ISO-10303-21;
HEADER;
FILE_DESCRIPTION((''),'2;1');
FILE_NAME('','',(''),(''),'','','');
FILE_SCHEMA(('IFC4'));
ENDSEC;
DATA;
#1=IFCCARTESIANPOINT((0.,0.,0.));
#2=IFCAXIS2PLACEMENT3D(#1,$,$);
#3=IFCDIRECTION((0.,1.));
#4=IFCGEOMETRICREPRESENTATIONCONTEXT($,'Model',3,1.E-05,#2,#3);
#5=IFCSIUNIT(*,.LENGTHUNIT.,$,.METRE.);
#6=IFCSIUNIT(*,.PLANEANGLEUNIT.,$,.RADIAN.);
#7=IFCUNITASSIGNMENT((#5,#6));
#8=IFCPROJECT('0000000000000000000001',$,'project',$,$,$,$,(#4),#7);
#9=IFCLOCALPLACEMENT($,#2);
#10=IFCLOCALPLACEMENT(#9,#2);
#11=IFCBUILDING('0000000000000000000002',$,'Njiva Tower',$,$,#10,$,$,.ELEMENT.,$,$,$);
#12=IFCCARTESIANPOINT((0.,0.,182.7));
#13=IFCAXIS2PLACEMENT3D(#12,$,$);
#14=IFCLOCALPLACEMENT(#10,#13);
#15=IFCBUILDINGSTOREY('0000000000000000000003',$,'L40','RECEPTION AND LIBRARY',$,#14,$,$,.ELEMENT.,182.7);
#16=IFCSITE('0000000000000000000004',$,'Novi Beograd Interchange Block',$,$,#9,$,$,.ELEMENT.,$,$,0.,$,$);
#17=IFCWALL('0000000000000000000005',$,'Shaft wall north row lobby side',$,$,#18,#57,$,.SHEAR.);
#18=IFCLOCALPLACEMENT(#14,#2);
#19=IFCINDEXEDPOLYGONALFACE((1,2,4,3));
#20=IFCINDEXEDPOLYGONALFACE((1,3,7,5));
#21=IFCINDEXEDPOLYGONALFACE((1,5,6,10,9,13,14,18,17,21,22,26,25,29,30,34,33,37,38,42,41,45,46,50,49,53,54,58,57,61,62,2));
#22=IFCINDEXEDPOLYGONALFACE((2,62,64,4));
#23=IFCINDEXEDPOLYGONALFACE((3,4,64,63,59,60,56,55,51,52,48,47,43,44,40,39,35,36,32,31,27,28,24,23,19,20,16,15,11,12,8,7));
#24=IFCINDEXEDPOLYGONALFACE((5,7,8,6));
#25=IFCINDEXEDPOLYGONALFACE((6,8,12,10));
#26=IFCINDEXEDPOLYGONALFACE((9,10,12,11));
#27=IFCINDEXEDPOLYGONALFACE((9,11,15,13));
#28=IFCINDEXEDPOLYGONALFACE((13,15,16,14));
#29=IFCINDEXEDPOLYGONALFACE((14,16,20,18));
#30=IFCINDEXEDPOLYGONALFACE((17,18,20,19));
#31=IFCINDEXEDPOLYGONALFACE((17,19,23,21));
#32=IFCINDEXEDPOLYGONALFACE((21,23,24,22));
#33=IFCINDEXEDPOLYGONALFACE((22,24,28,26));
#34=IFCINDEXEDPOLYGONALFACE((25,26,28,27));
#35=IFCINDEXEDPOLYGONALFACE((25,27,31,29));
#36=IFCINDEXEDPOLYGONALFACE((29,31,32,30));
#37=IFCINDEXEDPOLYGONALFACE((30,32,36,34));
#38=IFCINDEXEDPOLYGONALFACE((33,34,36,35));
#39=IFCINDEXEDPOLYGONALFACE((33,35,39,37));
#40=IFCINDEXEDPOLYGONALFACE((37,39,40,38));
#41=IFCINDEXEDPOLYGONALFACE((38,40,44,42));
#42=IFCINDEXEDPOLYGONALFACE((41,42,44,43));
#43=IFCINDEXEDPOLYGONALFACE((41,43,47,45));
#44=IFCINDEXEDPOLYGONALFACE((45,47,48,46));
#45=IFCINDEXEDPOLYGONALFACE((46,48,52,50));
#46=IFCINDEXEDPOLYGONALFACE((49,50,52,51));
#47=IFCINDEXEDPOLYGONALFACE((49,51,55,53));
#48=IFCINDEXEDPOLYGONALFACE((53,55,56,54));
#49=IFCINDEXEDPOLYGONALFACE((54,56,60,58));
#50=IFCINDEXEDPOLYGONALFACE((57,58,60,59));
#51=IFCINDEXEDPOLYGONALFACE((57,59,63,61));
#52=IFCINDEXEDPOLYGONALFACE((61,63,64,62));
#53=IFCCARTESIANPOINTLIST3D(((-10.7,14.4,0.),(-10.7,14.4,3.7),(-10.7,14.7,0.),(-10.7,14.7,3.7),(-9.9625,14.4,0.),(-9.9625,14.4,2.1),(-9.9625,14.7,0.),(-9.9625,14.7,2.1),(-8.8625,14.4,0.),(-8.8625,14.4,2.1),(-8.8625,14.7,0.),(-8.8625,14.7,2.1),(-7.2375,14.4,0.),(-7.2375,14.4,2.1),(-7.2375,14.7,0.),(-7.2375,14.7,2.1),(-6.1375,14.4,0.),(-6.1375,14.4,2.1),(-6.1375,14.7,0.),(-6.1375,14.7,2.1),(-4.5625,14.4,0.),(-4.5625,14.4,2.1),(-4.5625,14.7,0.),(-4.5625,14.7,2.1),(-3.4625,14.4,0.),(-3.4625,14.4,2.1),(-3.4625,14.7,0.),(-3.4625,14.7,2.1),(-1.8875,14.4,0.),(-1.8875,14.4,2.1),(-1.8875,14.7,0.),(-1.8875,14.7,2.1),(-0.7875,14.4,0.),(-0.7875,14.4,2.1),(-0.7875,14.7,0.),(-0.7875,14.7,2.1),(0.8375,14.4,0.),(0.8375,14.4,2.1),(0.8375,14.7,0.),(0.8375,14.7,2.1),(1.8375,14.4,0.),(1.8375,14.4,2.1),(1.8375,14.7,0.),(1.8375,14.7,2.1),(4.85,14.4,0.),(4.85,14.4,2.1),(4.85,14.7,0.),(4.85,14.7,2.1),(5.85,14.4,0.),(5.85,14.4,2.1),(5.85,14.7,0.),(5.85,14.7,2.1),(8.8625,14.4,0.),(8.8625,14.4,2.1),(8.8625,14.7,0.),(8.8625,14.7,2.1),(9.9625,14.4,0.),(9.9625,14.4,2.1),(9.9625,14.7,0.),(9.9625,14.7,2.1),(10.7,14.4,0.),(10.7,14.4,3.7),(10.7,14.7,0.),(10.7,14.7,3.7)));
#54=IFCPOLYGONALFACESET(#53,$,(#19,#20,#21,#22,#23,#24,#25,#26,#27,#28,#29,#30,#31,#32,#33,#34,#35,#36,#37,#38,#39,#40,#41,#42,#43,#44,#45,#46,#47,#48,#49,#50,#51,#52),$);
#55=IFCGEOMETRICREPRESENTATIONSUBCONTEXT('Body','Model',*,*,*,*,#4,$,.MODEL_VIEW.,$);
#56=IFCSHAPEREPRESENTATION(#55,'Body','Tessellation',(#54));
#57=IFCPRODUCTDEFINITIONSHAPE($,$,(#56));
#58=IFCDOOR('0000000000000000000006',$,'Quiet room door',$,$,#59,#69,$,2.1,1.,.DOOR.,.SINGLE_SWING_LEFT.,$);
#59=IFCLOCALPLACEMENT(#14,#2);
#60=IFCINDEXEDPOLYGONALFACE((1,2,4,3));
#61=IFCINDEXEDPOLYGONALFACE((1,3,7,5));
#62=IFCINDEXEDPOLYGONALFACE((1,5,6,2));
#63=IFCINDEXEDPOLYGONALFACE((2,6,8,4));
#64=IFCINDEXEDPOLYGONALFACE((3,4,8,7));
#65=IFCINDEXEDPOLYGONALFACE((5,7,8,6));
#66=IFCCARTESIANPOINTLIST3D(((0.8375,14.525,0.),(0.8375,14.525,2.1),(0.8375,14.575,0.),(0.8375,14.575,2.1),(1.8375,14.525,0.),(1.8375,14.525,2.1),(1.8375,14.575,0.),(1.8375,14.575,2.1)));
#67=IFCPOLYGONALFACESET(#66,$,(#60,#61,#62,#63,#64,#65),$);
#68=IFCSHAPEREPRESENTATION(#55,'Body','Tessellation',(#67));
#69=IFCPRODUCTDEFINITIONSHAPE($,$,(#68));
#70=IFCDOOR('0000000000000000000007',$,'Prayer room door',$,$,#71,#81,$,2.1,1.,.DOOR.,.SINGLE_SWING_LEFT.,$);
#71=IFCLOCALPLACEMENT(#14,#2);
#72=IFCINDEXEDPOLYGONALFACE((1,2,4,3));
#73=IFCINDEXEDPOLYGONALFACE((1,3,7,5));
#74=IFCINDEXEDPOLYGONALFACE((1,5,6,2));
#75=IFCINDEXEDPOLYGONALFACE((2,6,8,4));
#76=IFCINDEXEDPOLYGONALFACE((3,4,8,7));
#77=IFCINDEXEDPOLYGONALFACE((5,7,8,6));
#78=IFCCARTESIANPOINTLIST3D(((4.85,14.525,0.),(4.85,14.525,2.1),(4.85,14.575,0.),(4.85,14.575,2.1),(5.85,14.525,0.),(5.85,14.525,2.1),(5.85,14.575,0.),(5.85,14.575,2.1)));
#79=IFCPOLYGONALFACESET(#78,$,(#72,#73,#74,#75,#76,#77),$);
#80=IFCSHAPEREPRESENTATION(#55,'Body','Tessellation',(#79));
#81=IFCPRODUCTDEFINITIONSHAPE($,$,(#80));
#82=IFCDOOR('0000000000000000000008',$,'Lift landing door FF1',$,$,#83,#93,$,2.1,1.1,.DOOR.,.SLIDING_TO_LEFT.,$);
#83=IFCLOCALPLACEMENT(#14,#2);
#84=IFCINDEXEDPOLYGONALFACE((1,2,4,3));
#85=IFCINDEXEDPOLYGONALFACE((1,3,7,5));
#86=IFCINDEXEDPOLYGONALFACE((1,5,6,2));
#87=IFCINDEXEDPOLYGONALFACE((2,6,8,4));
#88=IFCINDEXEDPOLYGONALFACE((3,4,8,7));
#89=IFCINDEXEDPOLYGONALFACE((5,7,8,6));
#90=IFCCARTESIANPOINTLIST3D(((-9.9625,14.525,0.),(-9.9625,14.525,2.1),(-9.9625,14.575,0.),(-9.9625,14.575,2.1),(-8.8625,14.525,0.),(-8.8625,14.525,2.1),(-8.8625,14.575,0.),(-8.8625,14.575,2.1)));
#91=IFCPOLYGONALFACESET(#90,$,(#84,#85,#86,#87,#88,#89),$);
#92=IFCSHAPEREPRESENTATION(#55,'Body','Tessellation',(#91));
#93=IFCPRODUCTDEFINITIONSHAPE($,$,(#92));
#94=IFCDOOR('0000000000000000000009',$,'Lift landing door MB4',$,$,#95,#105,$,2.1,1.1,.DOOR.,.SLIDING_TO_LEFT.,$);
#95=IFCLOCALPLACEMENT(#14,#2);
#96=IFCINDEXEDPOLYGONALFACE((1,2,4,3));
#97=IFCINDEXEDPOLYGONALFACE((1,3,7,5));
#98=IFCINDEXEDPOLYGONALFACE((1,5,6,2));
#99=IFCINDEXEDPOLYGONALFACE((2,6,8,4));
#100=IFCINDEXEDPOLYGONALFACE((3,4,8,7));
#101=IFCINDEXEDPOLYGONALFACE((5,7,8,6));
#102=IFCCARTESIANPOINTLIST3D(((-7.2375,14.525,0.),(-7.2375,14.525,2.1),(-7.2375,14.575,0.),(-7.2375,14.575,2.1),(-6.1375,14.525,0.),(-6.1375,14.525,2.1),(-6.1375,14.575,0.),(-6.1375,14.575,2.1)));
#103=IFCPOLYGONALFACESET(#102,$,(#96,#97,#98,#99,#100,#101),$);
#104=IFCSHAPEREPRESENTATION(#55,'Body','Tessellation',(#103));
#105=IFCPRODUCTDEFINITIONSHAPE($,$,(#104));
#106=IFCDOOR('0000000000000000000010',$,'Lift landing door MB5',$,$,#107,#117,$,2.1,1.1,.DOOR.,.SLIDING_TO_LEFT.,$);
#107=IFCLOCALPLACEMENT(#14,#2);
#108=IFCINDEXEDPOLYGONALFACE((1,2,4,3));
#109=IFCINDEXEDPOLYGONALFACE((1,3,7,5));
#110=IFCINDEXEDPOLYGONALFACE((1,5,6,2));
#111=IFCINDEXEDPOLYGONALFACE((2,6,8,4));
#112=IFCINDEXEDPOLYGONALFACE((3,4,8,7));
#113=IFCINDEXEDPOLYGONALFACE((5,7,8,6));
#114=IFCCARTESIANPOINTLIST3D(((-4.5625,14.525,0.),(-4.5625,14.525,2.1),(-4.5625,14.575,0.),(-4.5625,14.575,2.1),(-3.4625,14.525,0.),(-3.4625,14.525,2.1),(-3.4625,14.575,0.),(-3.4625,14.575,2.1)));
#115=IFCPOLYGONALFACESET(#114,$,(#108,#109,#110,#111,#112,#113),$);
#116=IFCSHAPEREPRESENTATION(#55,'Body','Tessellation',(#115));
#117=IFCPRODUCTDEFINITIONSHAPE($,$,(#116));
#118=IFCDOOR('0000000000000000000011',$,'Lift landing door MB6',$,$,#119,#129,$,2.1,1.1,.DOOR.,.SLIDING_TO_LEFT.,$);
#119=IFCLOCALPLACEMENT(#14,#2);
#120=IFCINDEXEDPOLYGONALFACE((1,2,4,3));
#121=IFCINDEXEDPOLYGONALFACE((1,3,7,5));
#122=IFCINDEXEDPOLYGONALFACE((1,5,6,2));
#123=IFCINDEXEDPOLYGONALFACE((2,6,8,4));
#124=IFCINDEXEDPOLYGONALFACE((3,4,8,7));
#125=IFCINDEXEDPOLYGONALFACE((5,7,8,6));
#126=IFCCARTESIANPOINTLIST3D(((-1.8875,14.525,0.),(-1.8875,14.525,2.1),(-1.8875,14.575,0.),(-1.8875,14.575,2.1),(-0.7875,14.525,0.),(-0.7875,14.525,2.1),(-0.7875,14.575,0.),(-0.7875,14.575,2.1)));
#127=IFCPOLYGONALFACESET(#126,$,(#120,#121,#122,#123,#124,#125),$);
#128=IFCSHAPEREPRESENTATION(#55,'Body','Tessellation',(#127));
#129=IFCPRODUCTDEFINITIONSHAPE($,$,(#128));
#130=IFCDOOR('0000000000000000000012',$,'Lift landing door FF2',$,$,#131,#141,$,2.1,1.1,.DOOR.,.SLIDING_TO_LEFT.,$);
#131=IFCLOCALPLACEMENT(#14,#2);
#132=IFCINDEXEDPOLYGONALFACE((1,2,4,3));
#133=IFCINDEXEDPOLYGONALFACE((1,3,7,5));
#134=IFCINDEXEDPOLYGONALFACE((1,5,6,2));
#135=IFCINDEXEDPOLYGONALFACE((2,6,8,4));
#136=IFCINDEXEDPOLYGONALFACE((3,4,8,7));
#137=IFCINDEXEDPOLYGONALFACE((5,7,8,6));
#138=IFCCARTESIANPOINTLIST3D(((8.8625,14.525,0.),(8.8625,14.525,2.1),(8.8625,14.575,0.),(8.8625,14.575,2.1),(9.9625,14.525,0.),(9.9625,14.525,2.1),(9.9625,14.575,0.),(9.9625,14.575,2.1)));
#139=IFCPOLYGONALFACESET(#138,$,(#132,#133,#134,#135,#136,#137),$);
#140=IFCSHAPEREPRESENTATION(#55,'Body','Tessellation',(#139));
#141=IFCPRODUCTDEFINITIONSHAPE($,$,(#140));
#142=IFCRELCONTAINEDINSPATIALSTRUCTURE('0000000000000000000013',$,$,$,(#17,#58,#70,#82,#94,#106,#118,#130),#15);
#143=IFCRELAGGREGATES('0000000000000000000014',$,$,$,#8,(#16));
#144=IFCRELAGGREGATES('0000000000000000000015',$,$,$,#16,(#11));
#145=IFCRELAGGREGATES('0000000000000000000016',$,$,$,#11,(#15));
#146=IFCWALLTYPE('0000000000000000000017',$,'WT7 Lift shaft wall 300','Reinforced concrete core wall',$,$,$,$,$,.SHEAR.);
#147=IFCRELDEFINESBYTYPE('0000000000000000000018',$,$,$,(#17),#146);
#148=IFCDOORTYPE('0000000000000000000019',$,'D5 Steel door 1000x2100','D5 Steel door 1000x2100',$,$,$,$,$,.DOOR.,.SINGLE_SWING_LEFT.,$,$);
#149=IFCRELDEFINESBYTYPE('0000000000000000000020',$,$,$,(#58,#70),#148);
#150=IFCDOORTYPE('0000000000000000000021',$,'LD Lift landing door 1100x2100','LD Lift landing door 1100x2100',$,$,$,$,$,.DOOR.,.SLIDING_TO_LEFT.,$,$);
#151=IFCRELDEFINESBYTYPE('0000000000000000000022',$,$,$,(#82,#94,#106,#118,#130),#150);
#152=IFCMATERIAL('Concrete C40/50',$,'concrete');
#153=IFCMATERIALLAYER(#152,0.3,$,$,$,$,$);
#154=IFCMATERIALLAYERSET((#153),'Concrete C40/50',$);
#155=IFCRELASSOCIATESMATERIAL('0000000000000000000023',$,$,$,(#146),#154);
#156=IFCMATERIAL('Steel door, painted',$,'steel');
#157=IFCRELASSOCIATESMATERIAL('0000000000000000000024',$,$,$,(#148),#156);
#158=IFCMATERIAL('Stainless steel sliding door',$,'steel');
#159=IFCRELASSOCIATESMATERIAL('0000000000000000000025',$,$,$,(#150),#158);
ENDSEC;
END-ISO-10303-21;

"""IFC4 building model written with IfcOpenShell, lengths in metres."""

from ifc_helpers import new_model, si_unit, direction, frame, frame_2d, origin, place, context, subcontext, project, spatial, rectangle, extrude, material, layer, layer_set, type_object, element, fill, save


model = new_model("IFC4")

# Units and contexts
model_context = context("Model", 3, precision=1e-05, world=origin(), true_north=direction((0.0, 1.0)))
body_context = subcontext(model_context, "Body", "Model", "MODEL_VIEW")
ifc_project = project(units=[si_unit("LENGTHUNIT", "METRE"), si_unit("PLANEANGLEUNIT", "RADIAN")], contexts=[model_context])

# Site, building, storey
site_placement = place(None, origin())
site = spatial("IfcSite", under=ifc_project, at=site_placement, Name="Novi Beograd Interchange Block", CompositionType="ELEMENT", RefElevation=0.0)
building_placement = place(site_placement, origin())
building = spatial("IfcBuilding", under=site, at=building_placement, Name="Njiva Tower", CompositionType="ELEMENT")
storey_placement = place(building_placement, frame((0.0, 0.0, 182.7)))
storey = spatial("IfcBuildingStorey", under=building, at=storey_placement, Name="L40", Description="RECEPTION AND LIBRARY", CompositionType="ELEMENT", Elevation=182.7)

# Shared definitions
ifc_material_1 = material(Name="Concrete C40/50", Category="concrete")

# Wall, openings, doors
ifc_layer_1 = layer(ifc_material_1, 0.3)
ifc_layer_set_1 = layer_set([ifc_layer_1], Name="Concrete C40/50")
wall_type_1 = type_object("IfcWallType", Name="WT7 Lift shaft wall 300", Description="Reinforced concrete core wall", PredefinedType="SHEAR", material=ifc_layer_set_1)
wall_1_placement = place(storey_placement, frame((-10.7, 14.55, 0.0), z_axis=(0.0, 0.0, 1.0), x_axis=(1.0, 0.0, 0.0)))
wall_1 = element("IfcWall", 1, at=wall_1_placement, inside=storey, type_object=wall_type_1, Name="Shaft wall north row lobby side", PredefinedType="SHEAR", context=body_context, shape_type="SweptSolid", body=[
    extrude(rectangle(XDim=21.4, YDim=0.3, at=frame_2d((10.7, 0.0))), origin(), (0.0, 0.0, 1.0), 3.7),
])
opening_1_placement = place(wall_1_placement, frame((0.7375, 0.0, 0.0)))
opening_1 = element("IfcOpeningElement", 2, at=opening_1_placement, cuts=wall_1, PredefinedType="OPENING", context=body_context, shape_type="SweptSolid", body=[
    extrude(rectangle(XDim=1.1, YDim=2.1, at=frame_2d((0.55, 1.05))), frame((0.0, 0.16, 0.0), z_axis=(0.0, -1.0, 0.0), x_axis=(1.0, 0.0, 0.0)), (0.0, 0.0, 1.0), 0.32),
])
opening_2_placement = place(wall_1_placement, frame((3.4625, 0.0, 0.0)))
opening_2 = element("IfcOpeningElement", 3, at=opening_2_placement, cuts=wall_1, PredefinedType="OPENING", context=body_context, shape_type="SweptSolid", body=[
    extrude(rectangle(XDim=1.1, YDim=2.1, at=frame_2d((0.55, 1.05))), frame((0.0, 0.16, 0.0), z_axis=(0.0, -1.0, 0.0), x_axis=(1.0, 0.0, 0.0)), (0.0, 0.0, 1.0), 0.32),
])
opening_3_placement = place(wall_1_placement, frame((6.1375, 0.0, 0.0)))
opening_3 = element("IfcOpeningElement", 4, at=opening_3_placement, cuts=wall_1, PredefinedType="OPENING", context=body_context, shape_type="SweptSolid", body=[
    extrude(rectangle(XDim=1.1, YDim=2.1, at=frame_2d((0.55, 1.05))), frame((0.0, 0.16, 0.0), z_axis=(0.0, -1.0, 0.0), x_axis=(1.0, 0.0, 0.0)), (0.0, 0.0, 1.0), 0.32),
])
opening_4_placement = place(wall_1_placement, frame((8.8125, 0.0, 0.0)))
opening_4 = element("IfcOpeningElement", 5, at=opening_4_placement, cuts=wall_1, PredefinedType="OPENING", context=body_context, shape_type="SweptSolid", body=[
    extrude(rectangle(XDim=1.1, YDim=2.1, at=frame_2d((0.55, 1.05))), frame((0.0, 0.16, 0.0), z_axis=(0.0, -1.0, 0.0), x_axis=(1.0, 0.0, 0.0)), (0.0, 0.0, 1.0), 0.32),
])
opening_5_placement = place(wall_1_placement, frame((19.5625, 0.0, 0.0)))
opening_5 = element("IfcOpeningElement", 6, at=opening_5_placement, cuts=wall_1, PredefinedType="OPENING", context=body_context, shape_type="SweptSolid", body=[
    extrude(rectangle(XDim=1.1, YDim=2.1, at=frame_2d((0.55, 1.05))), frame((0.0, 0.16, 0.0), z_axis=(0.0, -1.0, 0.0), x_axis=(1.0, 0.0, 0.0)), (0.0, 0.0, 1.0), 0.32),
])
opening_6_placement = place(wall_1_placement, frame((11.5375, 0.0, 0.0)))
opening_6 = element("IfcOpeningElement", 7, at=opening_6_placement, cuts=wall_1, PredefinedType="OPENING", context=body_context, shape_type="SweptSolid", body=[
    extrude(rectangle(XDim=1.0, YDim=2.1, at=frame_2d((0.5, 1.05))), frame((0.0, 0.16, 0.0), z_axis=(0.0, -1.0, 0.0), x_axis=(1.0, 0.0, 0.0)), (0.0, 0.0, 1.0), 0.32),
])
opening_7_placement = place(wall_1_placement, frame((15.55, 0.0, 0.0)))
opening_7 = element("IfcOpeningElement", 8, at=opening_7_placement, cuts=wall_1, PredefinedType="OPENING", context=body_context, shape_type="SweptSolid", body=[
    extrude(rectangle(XDim=1.0, YDim=2.1, at=frame_2d((0.5, 1.05))), frame((0.0, 0.16, 0.0), z_axis=(0.0, -1.0, 0.0), x_axis=(1.0, 0.0, 0.0)), (0.0, 0.0, 1.0), 0.32),
])
ifc_material_2 = material(Name="Steel door, painted", Category="steel")
door_type_1 = type_object("IfcDoorType", Name="D5 Steel door 1000x2100", Description="D5 Steel door 1000x2100", OperationType="SINGLE_SWING_LEFT", PredefinedType="DOOR", material=ifc_material_2)
door_1_placement = place(opening_6_placement, origin())
door_1 = element("IfcDoor", 9, at=door_1_placement, inside=storey, type_object=door_type_1, Name="Quiet room door", OperationType="SINGLE_SWING_LEFT", OverallHeight=2.1, OverallWidth=1.0, PredefinedType="DOOR", context=body_context, shape_type="SweptSolid", body=[
    extrude(rectangle(XDim=1.0, YDim=2.1, at=frame_2d((0.5, 1.05))), frame((0.0, 0.025, 0.0), z_axis=(0.0, -1.0, 0.0), x_axis=(1.0, 0.0, 0.0)), (0.0, 0.0, 1.0), 0.05),
])
fill(opening_6, door_1)
door_2_placement = place(opening_7_placement, origin())
door_2 = element("IfcDoor", 10, at=door_2_placement, inside=storey, type_object=door_type_1, Name="Prayer room door", OperationType="SINGLE_SWING_LEFT", OverallHeight=2.1, OverallWidth=1.0, PredefinedType="DOOR", context=body_context, shape_type="SweptSolid", body=[
    extrude(rectangle(XDim=1.0, YDim=2.1, at=frame_2d((0.5, 1.05))), frame((0.0, 0.025, 0.0), z_axis=(0.0, -1.0, 0.0), x_axis=(1.0, 0.0, 0.0)), (0.0, 0.0, 1.0), 0.05),
])
fill(opening_7, door_2)
ifc_material_3 = material(Name="Stainless steel sliding door", Category="steel")
door_type_2 = type_object("IfcDoorType", Name="LD Lift landing door 1100x2100", Description="LD Lift landing door 1100x2100", OperationType="SLIDING_TO_LEFT", PredefinedType="DOOR", material=ifc_material_3)
door_3_placement = place(opening_1_placement, origin())
door_3 = element("IfcDoor", 11, at=door_3_placement, inside=storey, type_object=door_type_2, Name="Lift landing door FF1", OperationType="SLIDING_TO_LEFT", OverallHeight=2.1, OverallWidth=1.1, PredefinedType="DOOR", context=body_context, shape_type="SweptSolid", body=[
    extrude(rectangle(XDim=1.1, YDim=2.1, at=frame_2d((0.55, 1.05))), frame((0.0, 0.025, 0.0), z_axis=(0.0, -1.0, 0.0), x_axis=(1.0, 0.0, 0.0)), (0.0, 0.0, 1.0), 0.05),
])
fill(opening_1, door_3)
door_4_placement = place(opening_2_placement, origin())
door_4 = element("IfcDoor", 12, at=door_4_placement, inside=storey, type_object=door_type_2, Name="Lift landing door MB4", OperationType="SLIDING_TO_LEFT", OverallHeight=2.1, OverallWidth=1.1, PredefinedType="DOOR", context=body_context, shape_type="SweptSolid", body=[
    extrude(rectangle(XDim=1.1, YDim=2.1, at=frame_2d((0.55, 1.05))), frame((0.0, 0.025, 0.0), z_axis=(0.0, -1.0, 0.0), x_axis=(1.0, 0.0, 0.0)), (0.0, 0.0, 1.0), 0.05),
])
fill(opening_2, door_4)
door_5_placement = place(opening_3_placement, origin())
door_5 = element("IfcDoor", 13, at=door_5_placement, inside=storey, type_object=door_type_2, Name="Lift landing door MB5", OperationType="SLIDING_TO_LEFT", OverallHeight=2.1, OverallWidth=1.1, PredefinedType="DOOR", context=body_context, shape_type="SweptSolid", body=[
    extrude(rectangle(XDim=1.1, YDim=2.1, at=frame_2d((0.55, 1.05))), frame((0.0, 0.025, 0.0), z_axis=(0.0, -1.0, 0.0), x_axis=(1.0, 0.0, 0.0)), (0.0, 0.0, 1.0), 0.05),
])
fill(opening_3, door_5)
door_6_placement = place(opening_4_placement, origin())
door_6 = element("IfcDoor", 14, at=door_6_placement, inside=storey, type_object=door_type_2, Name="Lift landing door MB6", OperationType="SLIDING_TO_LEFT", OverallHeight=2.1, OverallWidth=1.1, PredefinedType="DOOR", context=body_context, shape_type="SweptSolid", body=[
    extrude(rectangle(XDim=1.1, YDim=2.1, at=frame_2d((0.55, 1.05))), frame((0.0, 0.025, 0.0), z_axis=(0.0, -1.0, 0.0), x_axis=(1.0, 0.0, 0.0)), (0.0, 0.0, 1.0), 0.05),
])
fill(opening_4, door_6)
door_7_placement = place(opening_5_placement, origin())
door_7 = element("IfcDoor", 15, at=door_7_placement, inside=storey, type_object=door_type_2, Name="Lift landing door FF2", OperationType="SLIDING_TO_LEFT", OverallHeight=2.1, OverallWidth=1.1, PredefinedType="DOOR", context=body_context, shape_type="SweptSolid", body=[
    extrude(rectangle(XDim=1.1, YDim=2.1, at=frame_2d((0.55, 1.05))), frame((0.0, 0.025, 0.0), z_axis=(0.0, -1.0, 0.0), x_axis=(1.0, 0.0, 0.0)), (0.0, 0.0, 1.0), 0.05),
])
fill(opening_5, door_7)

save(model, "model.ifc")
